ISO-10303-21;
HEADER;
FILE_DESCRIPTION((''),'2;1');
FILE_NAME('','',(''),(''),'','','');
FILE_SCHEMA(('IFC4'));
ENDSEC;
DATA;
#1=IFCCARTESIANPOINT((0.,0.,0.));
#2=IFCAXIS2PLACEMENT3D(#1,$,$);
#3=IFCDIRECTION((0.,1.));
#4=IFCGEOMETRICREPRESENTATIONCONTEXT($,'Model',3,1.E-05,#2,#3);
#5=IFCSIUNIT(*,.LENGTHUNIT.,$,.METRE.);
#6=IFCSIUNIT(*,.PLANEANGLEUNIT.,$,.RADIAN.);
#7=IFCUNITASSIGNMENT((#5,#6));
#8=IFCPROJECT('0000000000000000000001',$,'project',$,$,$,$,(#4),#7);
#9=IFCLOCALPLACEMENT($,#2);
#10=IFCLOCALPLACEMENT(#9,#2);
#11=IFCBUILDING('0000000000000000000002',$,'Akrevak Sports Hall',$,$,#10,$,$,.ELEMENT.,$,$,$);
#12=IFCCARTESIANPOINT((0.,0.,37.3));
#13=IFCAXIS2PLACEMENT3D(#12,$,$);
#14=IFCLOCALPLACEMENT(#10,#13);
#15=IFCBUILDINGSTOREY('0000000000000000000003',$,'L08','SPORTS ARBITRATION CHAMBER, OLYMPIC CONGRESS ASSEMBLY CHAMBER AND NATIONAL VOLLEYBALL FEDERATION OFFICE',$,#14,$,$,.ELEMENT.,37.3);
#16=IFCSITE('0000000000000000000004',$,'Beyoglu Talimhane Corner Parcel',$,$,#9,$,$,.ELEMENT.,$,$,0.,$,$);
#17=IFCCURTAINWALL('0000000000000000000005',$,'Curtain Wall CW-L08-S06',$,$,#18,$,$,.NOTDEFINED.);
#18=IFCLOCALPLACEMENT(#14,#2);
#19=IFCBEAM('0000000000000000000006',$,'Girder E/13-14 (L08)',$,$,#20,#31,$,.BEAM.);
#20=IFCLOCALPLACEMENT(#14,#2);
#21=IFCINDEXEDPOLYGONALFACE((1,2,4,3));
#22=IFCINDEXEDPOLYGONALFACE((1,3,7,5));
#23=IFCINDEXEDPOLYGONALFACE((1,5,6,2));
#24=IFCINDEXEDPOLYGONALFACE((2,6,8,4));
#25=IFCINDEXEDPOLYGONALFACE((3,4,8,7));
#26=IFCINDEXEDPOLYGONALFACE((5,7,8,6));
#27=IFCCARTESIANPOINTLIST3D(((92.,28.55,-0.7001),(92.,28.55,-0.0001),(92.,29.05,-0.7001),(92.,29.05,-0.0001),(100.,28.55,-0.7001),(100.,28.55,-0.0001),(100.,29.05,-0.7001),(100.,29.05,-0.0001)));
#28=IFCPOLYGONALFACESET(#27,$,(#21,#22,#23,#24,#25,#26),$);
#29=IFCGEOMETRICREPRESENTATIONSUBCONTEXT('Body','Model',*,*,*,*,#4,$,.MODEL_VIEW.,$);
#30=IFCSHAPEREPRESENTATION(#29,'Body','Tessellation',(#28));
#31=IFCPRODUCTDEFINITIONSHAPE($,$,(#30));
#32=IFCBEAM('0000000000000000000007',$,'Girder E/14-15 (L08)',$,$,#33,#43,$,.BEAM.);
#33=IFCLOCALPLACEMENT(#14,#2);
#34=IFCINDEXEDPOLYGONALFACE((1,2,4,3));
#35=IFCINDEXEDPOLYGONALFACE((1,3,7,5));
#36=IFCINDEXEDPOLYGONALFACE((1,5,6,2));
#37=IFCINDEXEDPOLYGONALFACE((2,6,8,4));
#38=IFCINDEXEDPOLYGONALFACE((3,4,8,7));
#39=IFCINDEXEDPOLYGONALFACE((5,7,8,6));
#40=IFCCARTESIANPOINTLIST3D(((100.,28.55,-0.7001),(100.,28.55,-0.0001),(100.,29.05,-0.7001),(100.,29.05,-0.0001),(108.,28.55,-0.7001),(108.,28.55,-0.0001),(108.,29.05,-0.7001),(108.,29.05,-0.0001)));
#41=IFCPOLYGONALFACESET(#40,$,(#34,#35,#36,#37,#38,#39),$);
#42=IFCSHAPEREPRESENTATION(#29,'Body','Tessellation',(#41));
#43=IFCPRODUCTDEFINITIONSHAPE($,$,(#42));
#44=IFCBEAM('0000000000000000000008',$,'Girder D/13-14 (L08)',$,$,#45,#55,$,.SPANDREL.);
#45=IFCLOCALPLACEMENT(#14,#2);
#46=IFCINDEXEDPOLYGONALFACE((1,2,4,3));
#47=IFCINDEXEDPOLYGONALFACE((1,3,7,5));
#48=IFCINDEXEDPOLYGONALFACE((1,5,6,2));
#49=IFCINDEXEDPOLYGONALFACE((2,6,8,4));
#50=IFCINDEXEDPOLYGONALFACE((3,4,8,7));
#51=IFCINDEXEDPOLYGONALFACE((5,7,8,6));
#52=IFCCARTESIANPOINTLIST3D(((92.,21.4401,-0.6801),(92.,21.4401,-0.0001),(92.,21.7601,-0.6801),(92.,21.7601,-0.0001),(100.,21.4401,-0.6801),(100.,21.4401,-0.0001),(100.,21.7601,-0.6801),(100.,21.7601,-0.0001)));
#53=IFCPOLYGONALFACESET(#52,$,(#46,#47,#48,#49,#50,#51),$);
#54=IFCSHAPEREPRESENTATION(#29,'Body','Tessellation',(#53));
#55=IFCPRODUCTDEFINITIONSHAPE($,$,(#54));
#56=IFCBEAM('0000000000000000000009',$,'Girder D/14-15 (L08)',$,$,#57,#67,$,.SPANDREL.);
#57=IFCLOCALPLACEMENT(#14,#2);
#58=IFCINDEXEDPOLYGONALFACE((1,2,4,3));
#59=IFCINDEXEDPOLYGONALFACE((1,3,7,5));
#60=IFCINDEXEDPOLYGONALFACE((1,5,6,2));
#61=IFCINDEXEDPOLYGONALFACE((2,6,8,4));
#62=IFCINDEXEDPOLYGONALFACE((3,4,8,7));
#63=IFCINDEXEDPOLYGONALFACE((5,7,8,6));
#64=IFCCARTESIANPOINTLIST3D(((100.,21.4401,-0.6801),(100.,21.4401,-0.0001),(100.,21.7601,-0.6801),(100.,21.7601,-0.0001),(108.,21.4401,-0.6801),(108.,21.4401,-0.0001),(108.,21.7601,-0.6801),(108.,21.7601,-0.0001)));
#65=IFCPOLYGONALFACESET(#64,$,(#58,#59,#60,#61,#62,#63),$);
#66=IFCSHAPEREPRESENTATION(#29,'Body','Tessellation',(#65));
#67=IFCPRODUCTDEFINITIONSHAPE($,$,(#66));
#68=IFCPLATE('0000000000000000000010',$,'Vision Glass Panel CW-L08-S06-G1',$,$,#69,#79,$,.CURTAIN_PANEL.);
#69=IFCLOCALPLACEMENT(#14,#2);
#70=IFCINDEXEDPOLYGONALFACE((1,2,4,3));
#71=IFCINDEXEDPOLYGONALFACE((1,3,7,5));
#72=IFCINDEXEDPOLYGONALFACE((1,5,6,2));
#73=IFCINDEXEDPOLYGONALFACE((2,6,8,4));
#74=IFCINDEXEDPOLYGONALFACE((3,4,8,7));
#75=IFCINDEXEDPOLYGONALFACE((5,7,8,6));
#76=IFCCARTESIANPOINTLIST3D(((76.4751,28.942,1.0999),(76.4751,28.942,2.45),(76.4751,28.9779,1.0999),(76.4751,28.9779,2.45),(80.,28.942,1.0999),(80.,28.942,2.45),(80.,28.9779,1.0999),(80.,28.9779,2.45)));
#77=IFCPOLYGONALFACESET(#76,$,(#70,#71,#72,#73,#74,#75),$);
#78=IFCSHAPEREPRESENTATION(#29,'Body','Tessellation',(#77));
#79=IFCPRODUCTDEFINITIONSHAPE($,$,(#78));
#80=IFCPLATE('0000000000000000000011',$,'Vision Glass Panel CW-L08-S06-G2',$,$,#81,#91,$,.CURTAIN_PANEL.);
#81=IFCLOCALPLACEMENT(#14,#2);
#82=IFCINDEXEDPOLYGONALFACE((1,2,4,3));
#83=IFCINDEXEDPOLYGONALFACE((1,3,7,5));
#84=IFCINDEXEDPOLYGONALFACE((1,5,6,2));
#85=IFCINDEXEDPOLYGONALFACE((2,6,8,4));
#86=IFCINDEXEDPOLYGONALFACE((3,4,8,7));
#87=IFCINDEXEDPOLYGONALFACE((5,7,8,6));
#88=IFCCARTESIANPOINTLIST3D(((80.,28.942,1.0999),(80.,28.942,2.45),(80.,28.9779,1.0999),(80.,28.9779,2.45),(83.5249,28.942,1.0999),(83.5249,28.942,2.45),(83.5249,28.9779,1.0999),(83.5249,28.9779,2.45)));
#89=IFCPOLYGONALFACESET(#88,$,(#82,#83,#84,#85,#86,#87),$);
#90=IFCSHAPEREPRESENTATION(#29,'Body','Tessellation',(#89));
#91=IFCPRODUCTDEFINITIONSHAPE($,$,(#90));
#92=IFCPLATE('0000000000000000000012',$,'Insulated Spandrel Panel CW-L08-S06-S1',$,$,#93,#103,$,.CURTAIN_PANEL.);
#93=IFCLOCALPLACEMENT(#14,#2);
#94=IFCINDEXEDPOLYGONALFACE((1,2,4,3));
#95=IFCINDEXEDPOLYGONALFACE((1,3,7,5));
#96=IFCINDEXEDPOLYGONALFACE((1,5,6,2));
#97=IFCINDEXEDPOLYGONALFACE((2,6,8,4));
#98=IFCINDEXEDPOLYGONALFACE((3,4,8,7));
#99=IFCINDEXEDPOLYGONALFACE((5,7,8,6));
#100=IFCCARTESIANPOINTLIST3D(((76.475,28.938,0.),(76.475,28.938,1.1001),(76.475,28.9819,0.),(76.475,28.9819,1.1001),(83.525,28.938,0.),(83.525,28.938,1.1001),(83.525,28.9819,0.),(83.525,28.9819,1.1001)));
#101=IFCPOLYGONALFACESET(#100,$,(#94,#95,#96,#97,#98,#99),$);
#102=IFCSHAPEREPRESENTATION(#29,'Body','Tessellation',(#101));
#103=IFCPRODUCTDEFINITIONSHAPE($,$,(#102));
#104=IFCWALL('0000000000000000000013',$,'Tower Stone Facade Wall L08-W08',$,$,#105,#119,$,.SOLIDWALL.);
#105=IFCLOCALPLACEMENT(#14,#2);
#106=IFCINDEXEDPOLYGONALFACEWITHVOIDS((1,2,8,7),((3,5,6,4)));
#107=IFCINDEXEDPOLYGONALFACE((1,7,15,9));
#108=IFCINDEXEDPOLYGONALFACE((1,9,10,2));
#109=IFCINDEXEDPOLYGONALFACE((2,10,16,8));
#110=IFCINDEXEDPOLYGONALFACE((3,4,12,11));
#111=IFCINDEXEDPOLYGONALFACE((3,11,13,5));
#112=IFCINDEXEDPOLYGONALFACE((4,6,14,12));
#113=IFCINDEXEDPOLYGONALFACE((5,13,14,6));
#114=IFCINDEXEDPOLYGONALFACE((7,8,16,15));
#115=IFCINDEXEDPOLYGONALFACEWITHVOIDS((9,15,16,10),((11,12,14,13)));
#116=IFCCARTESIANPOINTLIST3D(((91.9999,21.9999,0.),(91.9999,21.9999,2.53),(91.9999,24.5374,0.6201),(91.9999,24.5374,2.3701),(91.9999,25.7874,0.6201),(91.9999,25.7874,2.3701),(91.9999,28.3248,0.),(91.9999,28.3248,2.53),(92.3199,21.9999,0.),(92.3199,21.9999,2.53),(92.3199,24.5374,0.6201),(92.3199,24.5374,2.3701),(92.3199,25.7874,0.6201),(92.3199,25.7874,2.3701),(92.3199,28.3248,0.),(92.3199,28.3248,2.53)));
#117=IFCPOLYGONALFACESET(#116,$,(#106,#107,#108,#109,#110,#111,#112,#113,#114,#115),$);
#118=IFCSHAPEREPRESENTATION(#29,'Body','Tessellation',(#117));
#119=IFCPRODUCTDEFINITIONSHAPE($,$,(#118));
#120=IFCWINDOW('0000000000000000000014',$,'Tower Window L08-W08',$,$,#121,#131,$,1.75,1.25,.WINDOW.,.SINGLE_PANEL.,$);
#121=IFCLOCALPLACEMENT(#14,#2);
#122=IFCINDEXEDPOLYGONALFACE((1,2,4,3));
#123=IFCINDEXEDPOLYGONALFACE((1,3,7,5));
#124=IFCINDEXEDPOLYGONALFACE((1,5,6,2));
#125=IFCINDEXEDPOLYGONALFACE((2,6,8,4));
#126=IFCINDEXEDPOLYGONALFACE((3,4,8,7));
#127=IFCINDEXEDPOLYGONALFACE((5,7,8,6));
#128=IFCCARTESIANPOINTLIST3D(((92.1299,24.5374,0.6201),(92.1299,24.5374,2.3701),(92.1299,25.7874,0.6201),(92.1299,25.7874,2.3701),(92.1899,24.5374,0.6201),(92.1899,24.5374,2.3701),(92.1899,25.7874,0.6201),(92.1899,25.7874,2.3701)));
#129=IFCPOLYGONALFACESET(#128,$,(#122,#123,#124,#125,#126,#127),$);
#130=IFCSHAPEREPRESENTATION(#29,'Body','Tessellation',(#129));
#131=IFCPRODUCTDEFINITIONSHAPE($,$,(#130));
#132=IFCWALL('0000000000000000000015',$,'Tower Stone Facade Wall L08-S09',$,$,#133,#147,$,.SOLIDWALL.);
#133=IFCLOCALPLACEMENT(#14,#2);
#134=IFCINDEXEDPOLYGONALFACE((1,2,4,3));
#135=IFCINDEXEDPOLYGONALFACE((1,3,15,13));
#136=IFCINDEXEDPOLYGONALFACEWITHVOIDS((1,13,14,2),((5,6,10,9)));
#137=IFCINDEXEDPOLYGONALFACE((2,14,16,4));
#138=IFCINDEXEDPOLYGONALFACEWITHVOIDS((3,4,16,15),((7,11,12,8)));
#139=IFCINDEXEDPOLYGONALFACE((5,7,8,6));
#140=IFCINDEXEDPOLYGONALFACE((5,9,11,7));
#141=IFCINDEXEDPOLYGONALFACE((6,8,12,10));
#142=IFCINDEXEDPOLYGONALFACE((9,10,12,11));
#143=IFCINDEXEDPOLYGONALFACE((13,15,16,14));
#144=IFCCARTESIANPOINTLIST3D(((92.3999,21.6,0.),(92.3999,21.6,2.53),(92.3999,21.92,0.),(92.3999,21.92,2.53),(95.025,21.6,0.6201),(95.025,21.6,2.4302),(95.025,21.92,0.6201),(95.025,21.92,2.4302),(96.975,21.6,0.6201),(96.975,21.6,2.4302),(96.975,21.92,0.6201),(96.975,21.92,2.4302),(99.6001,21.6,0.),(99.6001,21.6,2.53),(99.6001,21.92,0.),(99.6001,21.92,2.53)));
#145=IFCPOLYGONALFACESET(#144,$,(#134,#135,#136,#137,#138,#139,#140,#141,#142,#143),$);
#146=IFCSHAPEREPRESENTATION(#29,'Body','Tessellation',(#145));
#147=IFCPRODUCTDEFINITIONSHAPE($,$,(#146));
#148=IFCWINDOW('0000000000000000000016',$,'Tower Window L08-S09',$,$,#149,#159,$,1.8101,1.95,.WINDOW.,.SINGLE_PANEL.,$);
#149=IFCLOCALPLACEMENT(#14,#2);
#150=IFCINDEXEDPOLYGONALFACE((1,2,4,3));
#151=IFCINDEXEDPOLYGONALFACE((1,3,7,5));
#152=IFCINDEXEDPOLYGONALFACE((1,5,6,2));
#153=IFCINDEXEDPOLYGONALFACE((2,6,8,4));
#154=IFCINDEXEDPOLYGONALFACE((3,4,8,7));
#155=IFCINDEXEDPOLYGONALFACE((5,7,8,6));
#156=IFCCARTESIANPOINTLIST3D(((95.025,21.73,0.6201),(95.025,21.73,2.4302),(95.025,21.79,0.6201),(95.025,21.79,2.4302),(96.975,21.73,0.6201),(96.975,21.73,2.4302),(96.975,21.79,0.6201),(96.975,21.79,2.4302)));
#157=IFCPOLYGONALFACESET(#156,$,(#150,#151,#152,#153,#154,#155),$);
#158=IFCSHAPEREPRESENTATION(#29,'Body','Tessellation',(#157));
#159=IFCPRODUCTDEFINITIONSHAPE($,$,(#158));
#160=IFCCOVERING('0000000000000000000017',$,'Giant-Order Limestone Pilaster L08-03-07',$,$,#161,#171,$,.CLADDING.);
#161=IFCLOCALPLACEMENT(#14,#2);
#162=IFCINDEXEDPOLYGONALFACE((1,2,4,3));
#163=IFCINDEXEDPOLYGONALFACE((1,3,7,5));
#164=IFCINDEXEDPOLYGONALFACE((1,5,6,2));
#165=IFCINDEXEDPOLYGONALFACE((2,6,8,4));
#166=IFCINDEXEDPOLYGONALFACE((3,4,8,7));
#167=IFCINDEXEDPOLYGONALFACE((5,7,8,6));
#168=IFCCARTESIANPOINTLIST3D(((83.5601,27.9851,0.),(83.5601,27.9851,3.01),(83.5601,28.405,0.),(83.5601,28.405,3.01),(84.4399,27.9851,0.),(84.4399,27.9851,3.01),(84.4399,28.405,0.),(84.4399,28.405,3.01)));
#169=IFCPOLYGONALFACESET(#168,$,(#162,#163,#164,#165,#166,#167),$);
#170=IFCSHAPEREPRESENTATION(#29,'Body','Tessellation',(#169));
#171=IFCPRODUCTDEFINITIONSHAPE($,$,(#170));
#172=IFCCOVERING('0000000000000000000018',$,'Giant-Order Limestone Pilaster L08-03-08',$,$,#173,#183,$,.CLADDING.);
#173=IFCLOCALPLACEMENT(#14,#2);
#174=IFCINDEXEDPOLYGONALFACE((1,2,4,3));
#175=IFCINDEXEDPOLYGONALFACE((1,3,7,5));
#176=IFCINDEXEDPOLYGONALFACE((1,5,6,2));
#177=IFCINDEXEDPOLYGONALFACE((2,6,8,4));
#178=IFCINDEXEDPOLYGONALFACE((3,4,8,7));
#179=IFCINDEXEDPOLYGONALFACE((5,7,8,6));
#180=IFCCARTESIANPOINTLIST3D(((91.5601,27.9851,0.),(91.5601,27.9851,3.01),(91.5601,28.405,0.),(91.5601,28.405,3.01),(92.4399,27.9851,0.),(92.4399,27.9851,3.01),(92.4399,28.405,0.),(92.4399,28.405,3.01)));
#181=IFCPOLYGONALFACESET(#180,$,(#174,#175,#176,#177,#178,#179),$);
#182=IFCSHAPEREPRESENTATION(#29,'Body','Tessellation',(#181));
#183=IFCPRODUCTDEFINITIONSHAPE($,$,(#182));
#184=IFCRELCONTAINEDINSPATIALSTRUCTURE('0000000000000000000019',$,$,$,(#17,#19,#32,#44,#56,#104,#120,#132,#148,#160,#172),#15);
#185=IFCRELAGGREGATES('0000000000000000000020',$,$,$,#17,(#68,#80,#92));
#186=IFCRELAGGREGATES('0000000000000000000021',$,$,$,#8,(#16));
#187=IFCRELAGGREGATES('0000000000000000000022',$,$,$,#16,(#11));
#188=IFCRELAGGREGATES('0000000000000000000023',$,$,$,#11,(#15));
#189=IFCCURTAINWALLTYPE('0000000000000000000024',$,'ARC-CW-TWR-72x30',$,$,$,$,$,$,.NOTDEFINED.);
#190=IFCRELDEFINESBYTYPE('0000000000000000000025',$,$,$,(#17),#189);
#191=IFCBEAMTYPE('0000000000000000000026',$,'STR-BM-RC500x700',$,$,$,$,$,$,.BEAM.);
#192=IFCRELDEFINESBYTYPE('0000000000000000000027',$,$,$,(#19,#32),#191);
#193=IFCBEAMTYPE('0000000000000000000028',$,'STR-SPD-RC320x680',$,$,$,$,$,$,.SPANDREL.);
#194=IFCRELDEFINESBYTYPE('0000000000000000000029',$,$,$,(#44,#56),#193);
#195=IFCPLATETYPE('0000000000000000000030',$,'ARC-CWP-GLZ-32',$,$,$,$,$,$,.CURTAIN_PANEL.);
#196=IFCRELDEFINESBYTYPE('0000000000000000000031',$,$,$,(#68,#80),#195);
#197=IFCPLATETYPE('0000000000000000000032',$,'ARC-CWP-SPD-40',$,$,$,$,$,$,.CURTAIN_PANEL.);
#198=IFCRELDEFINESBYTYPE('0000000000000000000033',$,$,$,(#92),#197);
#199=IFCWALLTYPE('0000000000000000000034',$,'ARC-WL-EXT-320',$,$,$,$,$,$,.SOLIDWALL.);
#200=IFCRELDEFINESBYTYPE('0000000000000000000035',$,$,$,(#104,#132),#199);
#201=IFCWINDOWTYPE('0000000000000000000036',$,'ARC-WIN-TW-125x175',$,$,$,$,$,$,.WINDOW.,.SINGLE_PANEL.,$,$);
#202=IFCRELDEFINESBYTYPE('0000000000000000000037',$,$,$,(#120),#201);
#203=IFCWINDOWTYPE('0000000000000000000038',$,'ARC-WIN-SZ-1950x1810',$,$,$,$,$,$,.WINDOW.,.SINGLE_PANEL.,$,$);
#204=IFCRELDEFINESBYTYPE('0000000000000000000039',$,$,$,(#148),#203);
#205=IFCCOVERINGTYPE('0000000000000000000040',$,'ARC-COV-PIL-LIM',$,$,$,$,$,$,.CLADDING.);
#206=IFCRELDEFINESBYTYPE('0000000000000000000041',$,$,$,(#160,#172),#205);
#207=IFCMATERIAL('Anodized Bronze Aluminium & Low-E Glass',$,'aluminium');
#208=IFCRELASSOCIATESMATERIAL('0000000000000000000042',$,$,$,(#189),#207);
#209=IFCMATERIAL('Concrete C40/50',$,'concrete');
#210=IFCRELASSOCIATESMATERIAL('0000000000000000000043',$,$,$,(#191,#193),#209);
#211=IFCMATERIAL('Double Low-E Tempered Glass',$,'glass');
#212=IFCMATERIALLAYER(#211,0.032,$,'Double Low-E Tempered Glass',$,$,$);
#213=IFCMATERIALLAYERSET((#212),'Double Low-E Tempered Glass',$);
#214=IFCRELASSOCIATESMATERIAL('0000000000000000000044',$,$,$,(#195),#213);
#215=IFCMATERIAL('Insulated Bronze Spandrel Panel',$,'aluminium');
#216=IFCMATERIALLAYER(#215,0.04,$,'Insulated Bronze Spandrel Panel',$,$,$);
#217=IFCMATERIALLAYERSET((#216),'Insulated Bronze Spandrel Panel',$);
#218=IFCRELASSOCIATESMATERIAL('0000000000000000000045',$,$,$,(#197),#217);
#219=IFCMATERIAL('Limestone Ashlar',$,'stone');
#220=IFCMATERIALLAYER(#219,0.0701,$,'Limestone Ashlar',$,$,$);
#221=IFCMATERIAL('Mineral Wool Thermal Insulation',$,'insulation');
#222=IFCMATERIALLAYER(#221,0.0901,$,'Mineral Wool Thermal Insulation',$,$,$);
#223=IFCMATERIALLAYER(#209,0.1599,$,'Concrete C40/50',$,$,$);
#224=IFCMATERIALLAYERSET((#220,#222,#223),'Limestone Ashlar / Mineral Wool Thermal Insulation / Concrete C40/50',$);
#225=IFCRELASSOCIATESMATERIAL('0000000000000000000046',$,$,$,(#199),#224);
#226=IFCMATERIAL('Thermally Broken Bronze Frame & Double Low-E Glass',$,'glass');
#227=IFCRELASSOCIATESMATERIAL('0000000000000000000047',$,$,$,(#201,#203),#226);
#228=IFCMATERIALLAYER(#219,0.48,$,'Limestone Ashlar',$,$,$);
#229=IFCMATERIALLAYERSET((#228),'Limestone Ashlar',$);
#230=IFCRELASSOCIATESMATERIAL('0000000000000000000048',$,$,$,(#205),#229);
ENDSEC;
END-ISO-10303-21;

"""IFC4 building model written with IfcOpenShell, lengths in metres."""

from ifc_helpers import new_model, si_unit, direction, frame, frame_2d, origin, origin_2d, place, context, subcontext, project, spatial, rectangle, extrude, material, layer, layer_set, material_profile, profile_set, type_object, element, fill, aggregate, save


model = new_model("IFC4")

# Units and contexts
model_context = context("Model", 3, precision=1e-05, world=origin(), true_north=direction((0.0, 1.0)))
body_context = subcontext(model_context, "Body", "Model", "MODEL_VIEW")
ifc_project = project(units=[si_unit("LENGTHUNIT", "METRE"), si_unit("PLANEANGLEUNIT", "RADIAN")], contexts=[model_context])

# Site, building, storey
site_placement = place(None, origin())
site = spatial("IfcSite", under=ifc_project, at=site_placement, Name="Beyoglu Talimhane Corner Parcel", CompositionType="ELEMENT", RefElevation=0.0)
building_placement = place(site_placement, origin())
building = spatial("IfcBuilding", under=site, at=building_placement, Name="Akrevak Sports Hall", CompositionType="ELEMENT")
storey_placement = place(building_placement, frame((0.0, 0.0, 37.3)))
storey = spatial("IfcBuildingStorey", under=building, at=storey_placement, Name="L08", Description="SPORTS ARBITRATION CHAMBER, OLYMPIC CONGRESS ASSEMBLY CHAMBER AND NATIONAL VOLLEYBALL FEDERATION OFFICE", CompositionType="ELEMENT", Elevation=37.3)

# Shared definitions
ifc_material_1 = material(Name="Concrete C40/50", Category="concrete")

# Curtain wall
ifc_material_2 = material(Name="Anodized Bronze Aluminium & Low-E Glass", Category="aluminium")
curtain_wall_type = type_object("IfcCurtainWallType", Name="ARC-CW-TWR-72x30", PredefinedType="NOTDEFINED", material=ifc_material_2)
curtain_wall_1_placement = place(storey_placement, origin())
curtain_wall_1 = element("IfcCurtainWall", 1, at=curtain_wall_1_placement, inside=storey, type_object=curtain_wall_type, Name="Curtain Wall CW-L08-S06", PredefinedType="NOTDEFINED")

# Beams
ifc_material_profile_1 = material_profile(ifc_material_1, rectangle(XDim=0.5, YDim=0.7, at=origin_2d()), Name="BM 500x700", Category="concrete")
ifc_profile_set_1 = profile_set([ifc_material_profile_1], Name="Concrete C40/50")
beam_type_1 = type_object("IfcBeamType", Name="STR-BM-RC500x700", PredefinedType="BEAM", material=ifc_profile_set_1)
for number, where, z_axis, x_axis, name in (
    (2, (92.0, 28.8, -0.3501), (1.0, 0.0, 0.0), (0.0, 1.0, 0.0), "Girder E/13-14 (L08)"),
    (3, (100.0, 28.8, -0.3501), (1.0, 0.0, 0.0), (0.0, 1.0, 0.0), "Girder E/14-15 (L08)"),
):
    element("IfcBeam", number, at=place(storey_placement, frame(where, z_axis=z_axis, x_axis=x_axis)), inside=storey, type_object=beam_type_1, Name=name, PredefinedType="BEAM", context=body_context, shape_type="SweptSolid", body=[
        extrude(rectangle(XDim=0.5, YDim=0.7, at=origin_2d()), origin(), (0.0, 0.0, 1.0), 8.0),
    ])
ifc_material_profile_2 = material_profile(ifc_material_1, rectangle(XDim=0.3201, YDim=0.6799, at=origin_2d()), Name="SPD 320x680", Category="concrete")
ifc_profile_set_2 = profile_set([ifc_material_profile_2], Name="Concrete C40/50")
beam_type_2 = type_object("IfcBeamType", Name="STR-SPD-RC320x680", PredefinedType="SPANDREL", material=ifc_profile_set_2)
for number, where, z_axis, x_axis, name in (
    (4, (92.0, 21.6001, -0.3401), (1.0, 0.0, 0.0), (0.0, 1.0, 0.0), "Girder D/13-14 (L08)"),
    (5, (100.0, 21.6001, -0.3401), (1.0, 0.0, 0.0), (0.0, 1.0, 0.0), "Girder D/14-15 (L08)"),
):
    element("IfcBeam", number, at=place(storey_placement, frame(where, z_axis=z_axis, x_axis=x_axis)), inside=storey, type_object=beam_type_2, Name=name, PredefinedType="SPANDREL", context=body_context, shape_type="SweptSolid", body=[
        extrude(rectangle(XDim=0.3201, YDim=0.6799, at=origin_2d()), origin(), (0.0, 0.0, 1.0), 8.0),
    ])

# Plates
ifc_material_3 = material(Name="Double Low-E Tempered Glass", Category="glass")
ifc_layer_1 = layer(ifc_material_3, 0.032, Name="Double Low-E Tempered Glass")
ifc_layer_set_1 = layer_set([ifc_layer_1], Name="Double Low-E Tempered Glass")
plate_type_1 = type_object("IfcPlateType", Name="ARC-CWP-GLZ-32", PredefinedType="CURTAIN_PANEL", material=ifc_layer_set_1)
plate_1_placement = place(storey_placement, frame((78.2375, 28.96, 1.0999), z_axis=(0.0, 0.0, 1.0), x_axis=(1.0, 0.0, 0.0)))
plate_1 = element("IfcPlate", 6, at=plate_1_placement, type_object=plate_type_1, Name="Vision Glass Panel CW-L08-S06-G1", PredefinedType="CURTAIN_PANEL", context=body_context, shape_type="SweptSolid", body=[
    extrude(rectangle(XDim=3.5249, YDim=0.0359, at=origin_2d()), origin(), (0.0, 0.0, 1.0), 1.3501),
])
plate_2_placement = place(storey_placement, frame((81.7625, 28.96, 1.0999), z_axis=(0.0, 0.0, 1.0), x_axis=(1.0, 0.0, 0.0)))
plate_2 = element("IfcPlate", 7, at=plate_2_placement, type_object=plate_type_1, Name="Vision Glass Panel CW-L08-S06-G2", PredefinedType="CURTAIN_PANEL", context=body_context, shape_type="SweptSolid", body=[
    extrude(rectangle(XDim=3.5249, YDim=0.0359, at=origin_2d()), origin(), (0.0, 0.0, 1.0), 1.3501),
])
ifc_material_4 = material(Name="Insulated Bronze Spandrel Panel", Category="aluminium")
ifc_layer_2 = layer(ifc_material_4, 0.04, Name="Insulated Bronze Spandrel Panel")
ifc_layer_set_2 = layer_set([ifc_layer_2], Name="Insulated Bronze Spandrel Panel")
plate_type_2 = type_object("IfcPlateType", Name="ARC-CWP-SPD-40", PredefinedType="CURTAIN_PANEL", material=ifc_layer_set_2)
plate_3_placement = place(storey_placement, frame((80.0, 28.96, 0.0), z_axis=(0.0, 0.0, 1.0), x_axis=(1.0, 0.0, 0.0)))
plate_3 = element("IfcPlate", 8, at=plate_3_placement, type_object=plate_type_2, Name="Insulated Spandrel Panel CW-L08-S06-S1", PredefinedType="CURTAIN_PANEL", context=body_context, shape_type="SweptSolid", body=[
    extrude(rectangle(XDim=7.05, YDim=0.0439, at=origin_2d()), origin(), (0.0, 0.0, 1.0), 1.1001),
])
aggregate(curtain_wall_1, [plate_1, plate_2, plate_3])

# Walls, openings, windows
ifc_material_5 = material(Name="Limestone Ashlar", Category="stone")
ifc_layer_3 = layer(ifc_material_5, 0.0701, Name="Limestone Ashlar")
ifc_material_6 = material(Name="Mineral Wool Thermal Insulation", Category="insulation")
ifc_layer_4 = layer(ifc_material_6, 0.0901, Name="Mineral Wool Thermal Insulation")
ifc_layer_5 = layer(ifc_material_1, 0.1599, Name="Concrete C40/50")
ifc_layer_set_3 = layer_set([ifc_layer_3, ifc_layer_4, ifc_layer_5], Name="Limestone Ashlar / Mineral Wool Thermal Insulation / Concrete C40/50")
wall_type = type_object("IfcWallType", Name="ARC-WL-EXT-320", PredefinedType="SOLIDWALL", material=ifc_layer_set_3)
wall_1_placement = place(storey_placement, frame((92.1599, 28.325, 0.0), z_axis=(0.0, 0.0, 1.0), x_axis=(0.0, -1.0, 0.0)))
wall_1 = element("IfcWall", 9, at=wall_1_placement, inside=storey, type_object=wall_type, Name="Tower Stone Facade Wall L08-W08", PredefinedType="SOLIDWALL", context=body_context, shape_type="SweptSolid", body=[
    extrude(rectangle(XDim=6.325, YDim=0.3201, at=frame_2d((3.1626, 0.0))), origin(), (0.0, 0.0, 1.0), 2.53),
])
opening_1_placement = place(wall_1_placement, frame((2.5376, 0.0, 0.6201)))
opening_1 = element("IfcOpeningElement", 10, at=opening_1_placement, cuts=wall_1, PredefinedType="OPENING", context=body_context, shape_type="SweptSolid", body=[
    extrude(rectangle(XDim=1.25, YDim=1.75, at=frame_2d((0.625, 0.875))), frame((0.0, 0.1719, 0.0), z_axis=(0.0, -1.0, 0.0), x_axis=(1.0, 0.0, 0.0)), (0.0, 0.0, 1.0), 0.344),
])
ifc_material_7 = material(Name="Thermally Broken Bronze Frame & Double Low-E Glass", Category="glass")
window_type_1 = type_object("IfcWindowType", Name="ARC-WIN-TW-125x175", PartitioningType="SINGLE_PANEL", PredefinedType="WINDOW", material=ifc_material_7)
window_1_placement = place(opening_1_placement, origin())
window_1 = element("IfcWindow", 11, at=window_1_placement, inside=storey, type_object=window_type_1, Name="Tower Window L08-W08", OverallHeight=1.75, OverallWidth=1.25, PartitioningType="SINGLE_PANEL", PredefinedType="WINDOW", context=body_context, shape_type="SweptSolid", body=[
    extrude(rectangle(XDim=1.25, YDim=1.75, at=frame_2d((0.625, 0.875))), frame((0.0, 0.03, 0.0), z_axis=(0.0, -1.0, 0.0), x_axis=(1.0, 0.0, 0.0)), (0.0, 0.0, 1.0), 0.0601),
])
fill(opening_1, window_1)
wall_2_placement = place(storey_placement, frame((92.3999, 21.76, 0.0), z_axis=(0.0, 0.0, 1.0), x_axis=(1.0, 0.0, 0.0)))
wall_2 = element("IfcWall", 12, at=wall_2_placement, inside=storey, type_object=wall_type, Name="Tower Stone Facade Wall L08-S09", PredefinedType="SOLIDWALL", context=body_context, shape_type="SweptSolid", body=[
    extrude(rectangle(XDim=7.2002, YDim=0.3201, at=frame_2d((3.6001, 0.0))), origin(), (0.0, 0.0, 1.0), 2.53),
])
opening_2_placement = place(wall_2_placement, frame((2.625, 0.0, 0.6201)))
opening_2 = element("IfcOpeningElement", 13, at=opening_2_placement, cuts=wall_2, PredefinedType="OPENING", context=body_context, shape_type="SweptSolid", body=[
    extrude(rectangle(XDim=1.95, YDim=1.8101, at=frame_2d((0.9751, 0.905))), frame((0.0, 0.1719, 0.0), z_axis=(0.0, -1.0, 0.0), x_axis=(1.0, 0.0, 0.0)), (0.0, 0.0, 1.0), 0.344),
])
window_type_2 = type_object("IfcWindowType", Name="ARC-WIN-SZ-1950x1810", PartitioningType="SINGLE_PANEL", PredefinedType="WINDOW", material=ifc_material_7)
window_2_placement = place(opening_2_placement, origin())
window_2 = element("IfcWindow", 14, at=window_2_placement, inside=storey, type_object=window_type_2, Name="Tower Window L08-S09", OverallHeight=1.8101, OverallWidth=1.95, PartitioningType="SINGLE_PANEL", PredefinedType="WINDOW", context=body_context, shape_type="SweptSolid", body=[
    extrude(rectangle(XDim=1.95, YDim=1.8101, at=frame_2d((0.9751, 0.905))), frame((0.0, 0.03, 0.0), z_axis=(0.0, -1.0, 0.0), x_axis=(1.0, 0.0, 0.0)), (0.0, 0.0, 1.0), 0.0601),
])
fill(opening_2, window_2)

# Coverings
ifc_layer_6 = layer(ifc_material_5, 0.48, Name="Limestone Ashlar")
ifc_layer_set_4 = layer_set([ifc_layer_6], Name="Limestone Ashlar")
covering_type = type_object("IfcCoveringType", Name="ARC-COV-PIL-LIM", PredefinedType="CLADDING", material=ifc_layer_set_4)
for number, where, z_axis, x_axis, name in (
    (15, (84.0, 28.1951, 0.0), (0.0, 0.0, 1.0), (1.0, 0.0, 0.0), "Giant-Order Limestone Pilaster L08-03-07"),
    (16, (92.0, 28.1951, 0.0), (0.0, 0.0, 1.0), (1.0, 0.0, 0.0), "Giant-Order Limestone Pilaster L08-03-08"),
):
    element("IfcCovering", number, at=place(storey_placement, frame(where, z_axis=z_axis, x_axis=x_axis)), inside=storey, type_object=covering_type, Name=name, PredefinedType="CLADDING", context=body_context, shape_type="SweptSolid", body=[
        extrude(rectangle(XDim=0.8799, YDim=0.4199, at=origin_2d()), origin(), (0.0, 0.0, 1.0), 3.01),
    ])

save(model, "model.ifc")
